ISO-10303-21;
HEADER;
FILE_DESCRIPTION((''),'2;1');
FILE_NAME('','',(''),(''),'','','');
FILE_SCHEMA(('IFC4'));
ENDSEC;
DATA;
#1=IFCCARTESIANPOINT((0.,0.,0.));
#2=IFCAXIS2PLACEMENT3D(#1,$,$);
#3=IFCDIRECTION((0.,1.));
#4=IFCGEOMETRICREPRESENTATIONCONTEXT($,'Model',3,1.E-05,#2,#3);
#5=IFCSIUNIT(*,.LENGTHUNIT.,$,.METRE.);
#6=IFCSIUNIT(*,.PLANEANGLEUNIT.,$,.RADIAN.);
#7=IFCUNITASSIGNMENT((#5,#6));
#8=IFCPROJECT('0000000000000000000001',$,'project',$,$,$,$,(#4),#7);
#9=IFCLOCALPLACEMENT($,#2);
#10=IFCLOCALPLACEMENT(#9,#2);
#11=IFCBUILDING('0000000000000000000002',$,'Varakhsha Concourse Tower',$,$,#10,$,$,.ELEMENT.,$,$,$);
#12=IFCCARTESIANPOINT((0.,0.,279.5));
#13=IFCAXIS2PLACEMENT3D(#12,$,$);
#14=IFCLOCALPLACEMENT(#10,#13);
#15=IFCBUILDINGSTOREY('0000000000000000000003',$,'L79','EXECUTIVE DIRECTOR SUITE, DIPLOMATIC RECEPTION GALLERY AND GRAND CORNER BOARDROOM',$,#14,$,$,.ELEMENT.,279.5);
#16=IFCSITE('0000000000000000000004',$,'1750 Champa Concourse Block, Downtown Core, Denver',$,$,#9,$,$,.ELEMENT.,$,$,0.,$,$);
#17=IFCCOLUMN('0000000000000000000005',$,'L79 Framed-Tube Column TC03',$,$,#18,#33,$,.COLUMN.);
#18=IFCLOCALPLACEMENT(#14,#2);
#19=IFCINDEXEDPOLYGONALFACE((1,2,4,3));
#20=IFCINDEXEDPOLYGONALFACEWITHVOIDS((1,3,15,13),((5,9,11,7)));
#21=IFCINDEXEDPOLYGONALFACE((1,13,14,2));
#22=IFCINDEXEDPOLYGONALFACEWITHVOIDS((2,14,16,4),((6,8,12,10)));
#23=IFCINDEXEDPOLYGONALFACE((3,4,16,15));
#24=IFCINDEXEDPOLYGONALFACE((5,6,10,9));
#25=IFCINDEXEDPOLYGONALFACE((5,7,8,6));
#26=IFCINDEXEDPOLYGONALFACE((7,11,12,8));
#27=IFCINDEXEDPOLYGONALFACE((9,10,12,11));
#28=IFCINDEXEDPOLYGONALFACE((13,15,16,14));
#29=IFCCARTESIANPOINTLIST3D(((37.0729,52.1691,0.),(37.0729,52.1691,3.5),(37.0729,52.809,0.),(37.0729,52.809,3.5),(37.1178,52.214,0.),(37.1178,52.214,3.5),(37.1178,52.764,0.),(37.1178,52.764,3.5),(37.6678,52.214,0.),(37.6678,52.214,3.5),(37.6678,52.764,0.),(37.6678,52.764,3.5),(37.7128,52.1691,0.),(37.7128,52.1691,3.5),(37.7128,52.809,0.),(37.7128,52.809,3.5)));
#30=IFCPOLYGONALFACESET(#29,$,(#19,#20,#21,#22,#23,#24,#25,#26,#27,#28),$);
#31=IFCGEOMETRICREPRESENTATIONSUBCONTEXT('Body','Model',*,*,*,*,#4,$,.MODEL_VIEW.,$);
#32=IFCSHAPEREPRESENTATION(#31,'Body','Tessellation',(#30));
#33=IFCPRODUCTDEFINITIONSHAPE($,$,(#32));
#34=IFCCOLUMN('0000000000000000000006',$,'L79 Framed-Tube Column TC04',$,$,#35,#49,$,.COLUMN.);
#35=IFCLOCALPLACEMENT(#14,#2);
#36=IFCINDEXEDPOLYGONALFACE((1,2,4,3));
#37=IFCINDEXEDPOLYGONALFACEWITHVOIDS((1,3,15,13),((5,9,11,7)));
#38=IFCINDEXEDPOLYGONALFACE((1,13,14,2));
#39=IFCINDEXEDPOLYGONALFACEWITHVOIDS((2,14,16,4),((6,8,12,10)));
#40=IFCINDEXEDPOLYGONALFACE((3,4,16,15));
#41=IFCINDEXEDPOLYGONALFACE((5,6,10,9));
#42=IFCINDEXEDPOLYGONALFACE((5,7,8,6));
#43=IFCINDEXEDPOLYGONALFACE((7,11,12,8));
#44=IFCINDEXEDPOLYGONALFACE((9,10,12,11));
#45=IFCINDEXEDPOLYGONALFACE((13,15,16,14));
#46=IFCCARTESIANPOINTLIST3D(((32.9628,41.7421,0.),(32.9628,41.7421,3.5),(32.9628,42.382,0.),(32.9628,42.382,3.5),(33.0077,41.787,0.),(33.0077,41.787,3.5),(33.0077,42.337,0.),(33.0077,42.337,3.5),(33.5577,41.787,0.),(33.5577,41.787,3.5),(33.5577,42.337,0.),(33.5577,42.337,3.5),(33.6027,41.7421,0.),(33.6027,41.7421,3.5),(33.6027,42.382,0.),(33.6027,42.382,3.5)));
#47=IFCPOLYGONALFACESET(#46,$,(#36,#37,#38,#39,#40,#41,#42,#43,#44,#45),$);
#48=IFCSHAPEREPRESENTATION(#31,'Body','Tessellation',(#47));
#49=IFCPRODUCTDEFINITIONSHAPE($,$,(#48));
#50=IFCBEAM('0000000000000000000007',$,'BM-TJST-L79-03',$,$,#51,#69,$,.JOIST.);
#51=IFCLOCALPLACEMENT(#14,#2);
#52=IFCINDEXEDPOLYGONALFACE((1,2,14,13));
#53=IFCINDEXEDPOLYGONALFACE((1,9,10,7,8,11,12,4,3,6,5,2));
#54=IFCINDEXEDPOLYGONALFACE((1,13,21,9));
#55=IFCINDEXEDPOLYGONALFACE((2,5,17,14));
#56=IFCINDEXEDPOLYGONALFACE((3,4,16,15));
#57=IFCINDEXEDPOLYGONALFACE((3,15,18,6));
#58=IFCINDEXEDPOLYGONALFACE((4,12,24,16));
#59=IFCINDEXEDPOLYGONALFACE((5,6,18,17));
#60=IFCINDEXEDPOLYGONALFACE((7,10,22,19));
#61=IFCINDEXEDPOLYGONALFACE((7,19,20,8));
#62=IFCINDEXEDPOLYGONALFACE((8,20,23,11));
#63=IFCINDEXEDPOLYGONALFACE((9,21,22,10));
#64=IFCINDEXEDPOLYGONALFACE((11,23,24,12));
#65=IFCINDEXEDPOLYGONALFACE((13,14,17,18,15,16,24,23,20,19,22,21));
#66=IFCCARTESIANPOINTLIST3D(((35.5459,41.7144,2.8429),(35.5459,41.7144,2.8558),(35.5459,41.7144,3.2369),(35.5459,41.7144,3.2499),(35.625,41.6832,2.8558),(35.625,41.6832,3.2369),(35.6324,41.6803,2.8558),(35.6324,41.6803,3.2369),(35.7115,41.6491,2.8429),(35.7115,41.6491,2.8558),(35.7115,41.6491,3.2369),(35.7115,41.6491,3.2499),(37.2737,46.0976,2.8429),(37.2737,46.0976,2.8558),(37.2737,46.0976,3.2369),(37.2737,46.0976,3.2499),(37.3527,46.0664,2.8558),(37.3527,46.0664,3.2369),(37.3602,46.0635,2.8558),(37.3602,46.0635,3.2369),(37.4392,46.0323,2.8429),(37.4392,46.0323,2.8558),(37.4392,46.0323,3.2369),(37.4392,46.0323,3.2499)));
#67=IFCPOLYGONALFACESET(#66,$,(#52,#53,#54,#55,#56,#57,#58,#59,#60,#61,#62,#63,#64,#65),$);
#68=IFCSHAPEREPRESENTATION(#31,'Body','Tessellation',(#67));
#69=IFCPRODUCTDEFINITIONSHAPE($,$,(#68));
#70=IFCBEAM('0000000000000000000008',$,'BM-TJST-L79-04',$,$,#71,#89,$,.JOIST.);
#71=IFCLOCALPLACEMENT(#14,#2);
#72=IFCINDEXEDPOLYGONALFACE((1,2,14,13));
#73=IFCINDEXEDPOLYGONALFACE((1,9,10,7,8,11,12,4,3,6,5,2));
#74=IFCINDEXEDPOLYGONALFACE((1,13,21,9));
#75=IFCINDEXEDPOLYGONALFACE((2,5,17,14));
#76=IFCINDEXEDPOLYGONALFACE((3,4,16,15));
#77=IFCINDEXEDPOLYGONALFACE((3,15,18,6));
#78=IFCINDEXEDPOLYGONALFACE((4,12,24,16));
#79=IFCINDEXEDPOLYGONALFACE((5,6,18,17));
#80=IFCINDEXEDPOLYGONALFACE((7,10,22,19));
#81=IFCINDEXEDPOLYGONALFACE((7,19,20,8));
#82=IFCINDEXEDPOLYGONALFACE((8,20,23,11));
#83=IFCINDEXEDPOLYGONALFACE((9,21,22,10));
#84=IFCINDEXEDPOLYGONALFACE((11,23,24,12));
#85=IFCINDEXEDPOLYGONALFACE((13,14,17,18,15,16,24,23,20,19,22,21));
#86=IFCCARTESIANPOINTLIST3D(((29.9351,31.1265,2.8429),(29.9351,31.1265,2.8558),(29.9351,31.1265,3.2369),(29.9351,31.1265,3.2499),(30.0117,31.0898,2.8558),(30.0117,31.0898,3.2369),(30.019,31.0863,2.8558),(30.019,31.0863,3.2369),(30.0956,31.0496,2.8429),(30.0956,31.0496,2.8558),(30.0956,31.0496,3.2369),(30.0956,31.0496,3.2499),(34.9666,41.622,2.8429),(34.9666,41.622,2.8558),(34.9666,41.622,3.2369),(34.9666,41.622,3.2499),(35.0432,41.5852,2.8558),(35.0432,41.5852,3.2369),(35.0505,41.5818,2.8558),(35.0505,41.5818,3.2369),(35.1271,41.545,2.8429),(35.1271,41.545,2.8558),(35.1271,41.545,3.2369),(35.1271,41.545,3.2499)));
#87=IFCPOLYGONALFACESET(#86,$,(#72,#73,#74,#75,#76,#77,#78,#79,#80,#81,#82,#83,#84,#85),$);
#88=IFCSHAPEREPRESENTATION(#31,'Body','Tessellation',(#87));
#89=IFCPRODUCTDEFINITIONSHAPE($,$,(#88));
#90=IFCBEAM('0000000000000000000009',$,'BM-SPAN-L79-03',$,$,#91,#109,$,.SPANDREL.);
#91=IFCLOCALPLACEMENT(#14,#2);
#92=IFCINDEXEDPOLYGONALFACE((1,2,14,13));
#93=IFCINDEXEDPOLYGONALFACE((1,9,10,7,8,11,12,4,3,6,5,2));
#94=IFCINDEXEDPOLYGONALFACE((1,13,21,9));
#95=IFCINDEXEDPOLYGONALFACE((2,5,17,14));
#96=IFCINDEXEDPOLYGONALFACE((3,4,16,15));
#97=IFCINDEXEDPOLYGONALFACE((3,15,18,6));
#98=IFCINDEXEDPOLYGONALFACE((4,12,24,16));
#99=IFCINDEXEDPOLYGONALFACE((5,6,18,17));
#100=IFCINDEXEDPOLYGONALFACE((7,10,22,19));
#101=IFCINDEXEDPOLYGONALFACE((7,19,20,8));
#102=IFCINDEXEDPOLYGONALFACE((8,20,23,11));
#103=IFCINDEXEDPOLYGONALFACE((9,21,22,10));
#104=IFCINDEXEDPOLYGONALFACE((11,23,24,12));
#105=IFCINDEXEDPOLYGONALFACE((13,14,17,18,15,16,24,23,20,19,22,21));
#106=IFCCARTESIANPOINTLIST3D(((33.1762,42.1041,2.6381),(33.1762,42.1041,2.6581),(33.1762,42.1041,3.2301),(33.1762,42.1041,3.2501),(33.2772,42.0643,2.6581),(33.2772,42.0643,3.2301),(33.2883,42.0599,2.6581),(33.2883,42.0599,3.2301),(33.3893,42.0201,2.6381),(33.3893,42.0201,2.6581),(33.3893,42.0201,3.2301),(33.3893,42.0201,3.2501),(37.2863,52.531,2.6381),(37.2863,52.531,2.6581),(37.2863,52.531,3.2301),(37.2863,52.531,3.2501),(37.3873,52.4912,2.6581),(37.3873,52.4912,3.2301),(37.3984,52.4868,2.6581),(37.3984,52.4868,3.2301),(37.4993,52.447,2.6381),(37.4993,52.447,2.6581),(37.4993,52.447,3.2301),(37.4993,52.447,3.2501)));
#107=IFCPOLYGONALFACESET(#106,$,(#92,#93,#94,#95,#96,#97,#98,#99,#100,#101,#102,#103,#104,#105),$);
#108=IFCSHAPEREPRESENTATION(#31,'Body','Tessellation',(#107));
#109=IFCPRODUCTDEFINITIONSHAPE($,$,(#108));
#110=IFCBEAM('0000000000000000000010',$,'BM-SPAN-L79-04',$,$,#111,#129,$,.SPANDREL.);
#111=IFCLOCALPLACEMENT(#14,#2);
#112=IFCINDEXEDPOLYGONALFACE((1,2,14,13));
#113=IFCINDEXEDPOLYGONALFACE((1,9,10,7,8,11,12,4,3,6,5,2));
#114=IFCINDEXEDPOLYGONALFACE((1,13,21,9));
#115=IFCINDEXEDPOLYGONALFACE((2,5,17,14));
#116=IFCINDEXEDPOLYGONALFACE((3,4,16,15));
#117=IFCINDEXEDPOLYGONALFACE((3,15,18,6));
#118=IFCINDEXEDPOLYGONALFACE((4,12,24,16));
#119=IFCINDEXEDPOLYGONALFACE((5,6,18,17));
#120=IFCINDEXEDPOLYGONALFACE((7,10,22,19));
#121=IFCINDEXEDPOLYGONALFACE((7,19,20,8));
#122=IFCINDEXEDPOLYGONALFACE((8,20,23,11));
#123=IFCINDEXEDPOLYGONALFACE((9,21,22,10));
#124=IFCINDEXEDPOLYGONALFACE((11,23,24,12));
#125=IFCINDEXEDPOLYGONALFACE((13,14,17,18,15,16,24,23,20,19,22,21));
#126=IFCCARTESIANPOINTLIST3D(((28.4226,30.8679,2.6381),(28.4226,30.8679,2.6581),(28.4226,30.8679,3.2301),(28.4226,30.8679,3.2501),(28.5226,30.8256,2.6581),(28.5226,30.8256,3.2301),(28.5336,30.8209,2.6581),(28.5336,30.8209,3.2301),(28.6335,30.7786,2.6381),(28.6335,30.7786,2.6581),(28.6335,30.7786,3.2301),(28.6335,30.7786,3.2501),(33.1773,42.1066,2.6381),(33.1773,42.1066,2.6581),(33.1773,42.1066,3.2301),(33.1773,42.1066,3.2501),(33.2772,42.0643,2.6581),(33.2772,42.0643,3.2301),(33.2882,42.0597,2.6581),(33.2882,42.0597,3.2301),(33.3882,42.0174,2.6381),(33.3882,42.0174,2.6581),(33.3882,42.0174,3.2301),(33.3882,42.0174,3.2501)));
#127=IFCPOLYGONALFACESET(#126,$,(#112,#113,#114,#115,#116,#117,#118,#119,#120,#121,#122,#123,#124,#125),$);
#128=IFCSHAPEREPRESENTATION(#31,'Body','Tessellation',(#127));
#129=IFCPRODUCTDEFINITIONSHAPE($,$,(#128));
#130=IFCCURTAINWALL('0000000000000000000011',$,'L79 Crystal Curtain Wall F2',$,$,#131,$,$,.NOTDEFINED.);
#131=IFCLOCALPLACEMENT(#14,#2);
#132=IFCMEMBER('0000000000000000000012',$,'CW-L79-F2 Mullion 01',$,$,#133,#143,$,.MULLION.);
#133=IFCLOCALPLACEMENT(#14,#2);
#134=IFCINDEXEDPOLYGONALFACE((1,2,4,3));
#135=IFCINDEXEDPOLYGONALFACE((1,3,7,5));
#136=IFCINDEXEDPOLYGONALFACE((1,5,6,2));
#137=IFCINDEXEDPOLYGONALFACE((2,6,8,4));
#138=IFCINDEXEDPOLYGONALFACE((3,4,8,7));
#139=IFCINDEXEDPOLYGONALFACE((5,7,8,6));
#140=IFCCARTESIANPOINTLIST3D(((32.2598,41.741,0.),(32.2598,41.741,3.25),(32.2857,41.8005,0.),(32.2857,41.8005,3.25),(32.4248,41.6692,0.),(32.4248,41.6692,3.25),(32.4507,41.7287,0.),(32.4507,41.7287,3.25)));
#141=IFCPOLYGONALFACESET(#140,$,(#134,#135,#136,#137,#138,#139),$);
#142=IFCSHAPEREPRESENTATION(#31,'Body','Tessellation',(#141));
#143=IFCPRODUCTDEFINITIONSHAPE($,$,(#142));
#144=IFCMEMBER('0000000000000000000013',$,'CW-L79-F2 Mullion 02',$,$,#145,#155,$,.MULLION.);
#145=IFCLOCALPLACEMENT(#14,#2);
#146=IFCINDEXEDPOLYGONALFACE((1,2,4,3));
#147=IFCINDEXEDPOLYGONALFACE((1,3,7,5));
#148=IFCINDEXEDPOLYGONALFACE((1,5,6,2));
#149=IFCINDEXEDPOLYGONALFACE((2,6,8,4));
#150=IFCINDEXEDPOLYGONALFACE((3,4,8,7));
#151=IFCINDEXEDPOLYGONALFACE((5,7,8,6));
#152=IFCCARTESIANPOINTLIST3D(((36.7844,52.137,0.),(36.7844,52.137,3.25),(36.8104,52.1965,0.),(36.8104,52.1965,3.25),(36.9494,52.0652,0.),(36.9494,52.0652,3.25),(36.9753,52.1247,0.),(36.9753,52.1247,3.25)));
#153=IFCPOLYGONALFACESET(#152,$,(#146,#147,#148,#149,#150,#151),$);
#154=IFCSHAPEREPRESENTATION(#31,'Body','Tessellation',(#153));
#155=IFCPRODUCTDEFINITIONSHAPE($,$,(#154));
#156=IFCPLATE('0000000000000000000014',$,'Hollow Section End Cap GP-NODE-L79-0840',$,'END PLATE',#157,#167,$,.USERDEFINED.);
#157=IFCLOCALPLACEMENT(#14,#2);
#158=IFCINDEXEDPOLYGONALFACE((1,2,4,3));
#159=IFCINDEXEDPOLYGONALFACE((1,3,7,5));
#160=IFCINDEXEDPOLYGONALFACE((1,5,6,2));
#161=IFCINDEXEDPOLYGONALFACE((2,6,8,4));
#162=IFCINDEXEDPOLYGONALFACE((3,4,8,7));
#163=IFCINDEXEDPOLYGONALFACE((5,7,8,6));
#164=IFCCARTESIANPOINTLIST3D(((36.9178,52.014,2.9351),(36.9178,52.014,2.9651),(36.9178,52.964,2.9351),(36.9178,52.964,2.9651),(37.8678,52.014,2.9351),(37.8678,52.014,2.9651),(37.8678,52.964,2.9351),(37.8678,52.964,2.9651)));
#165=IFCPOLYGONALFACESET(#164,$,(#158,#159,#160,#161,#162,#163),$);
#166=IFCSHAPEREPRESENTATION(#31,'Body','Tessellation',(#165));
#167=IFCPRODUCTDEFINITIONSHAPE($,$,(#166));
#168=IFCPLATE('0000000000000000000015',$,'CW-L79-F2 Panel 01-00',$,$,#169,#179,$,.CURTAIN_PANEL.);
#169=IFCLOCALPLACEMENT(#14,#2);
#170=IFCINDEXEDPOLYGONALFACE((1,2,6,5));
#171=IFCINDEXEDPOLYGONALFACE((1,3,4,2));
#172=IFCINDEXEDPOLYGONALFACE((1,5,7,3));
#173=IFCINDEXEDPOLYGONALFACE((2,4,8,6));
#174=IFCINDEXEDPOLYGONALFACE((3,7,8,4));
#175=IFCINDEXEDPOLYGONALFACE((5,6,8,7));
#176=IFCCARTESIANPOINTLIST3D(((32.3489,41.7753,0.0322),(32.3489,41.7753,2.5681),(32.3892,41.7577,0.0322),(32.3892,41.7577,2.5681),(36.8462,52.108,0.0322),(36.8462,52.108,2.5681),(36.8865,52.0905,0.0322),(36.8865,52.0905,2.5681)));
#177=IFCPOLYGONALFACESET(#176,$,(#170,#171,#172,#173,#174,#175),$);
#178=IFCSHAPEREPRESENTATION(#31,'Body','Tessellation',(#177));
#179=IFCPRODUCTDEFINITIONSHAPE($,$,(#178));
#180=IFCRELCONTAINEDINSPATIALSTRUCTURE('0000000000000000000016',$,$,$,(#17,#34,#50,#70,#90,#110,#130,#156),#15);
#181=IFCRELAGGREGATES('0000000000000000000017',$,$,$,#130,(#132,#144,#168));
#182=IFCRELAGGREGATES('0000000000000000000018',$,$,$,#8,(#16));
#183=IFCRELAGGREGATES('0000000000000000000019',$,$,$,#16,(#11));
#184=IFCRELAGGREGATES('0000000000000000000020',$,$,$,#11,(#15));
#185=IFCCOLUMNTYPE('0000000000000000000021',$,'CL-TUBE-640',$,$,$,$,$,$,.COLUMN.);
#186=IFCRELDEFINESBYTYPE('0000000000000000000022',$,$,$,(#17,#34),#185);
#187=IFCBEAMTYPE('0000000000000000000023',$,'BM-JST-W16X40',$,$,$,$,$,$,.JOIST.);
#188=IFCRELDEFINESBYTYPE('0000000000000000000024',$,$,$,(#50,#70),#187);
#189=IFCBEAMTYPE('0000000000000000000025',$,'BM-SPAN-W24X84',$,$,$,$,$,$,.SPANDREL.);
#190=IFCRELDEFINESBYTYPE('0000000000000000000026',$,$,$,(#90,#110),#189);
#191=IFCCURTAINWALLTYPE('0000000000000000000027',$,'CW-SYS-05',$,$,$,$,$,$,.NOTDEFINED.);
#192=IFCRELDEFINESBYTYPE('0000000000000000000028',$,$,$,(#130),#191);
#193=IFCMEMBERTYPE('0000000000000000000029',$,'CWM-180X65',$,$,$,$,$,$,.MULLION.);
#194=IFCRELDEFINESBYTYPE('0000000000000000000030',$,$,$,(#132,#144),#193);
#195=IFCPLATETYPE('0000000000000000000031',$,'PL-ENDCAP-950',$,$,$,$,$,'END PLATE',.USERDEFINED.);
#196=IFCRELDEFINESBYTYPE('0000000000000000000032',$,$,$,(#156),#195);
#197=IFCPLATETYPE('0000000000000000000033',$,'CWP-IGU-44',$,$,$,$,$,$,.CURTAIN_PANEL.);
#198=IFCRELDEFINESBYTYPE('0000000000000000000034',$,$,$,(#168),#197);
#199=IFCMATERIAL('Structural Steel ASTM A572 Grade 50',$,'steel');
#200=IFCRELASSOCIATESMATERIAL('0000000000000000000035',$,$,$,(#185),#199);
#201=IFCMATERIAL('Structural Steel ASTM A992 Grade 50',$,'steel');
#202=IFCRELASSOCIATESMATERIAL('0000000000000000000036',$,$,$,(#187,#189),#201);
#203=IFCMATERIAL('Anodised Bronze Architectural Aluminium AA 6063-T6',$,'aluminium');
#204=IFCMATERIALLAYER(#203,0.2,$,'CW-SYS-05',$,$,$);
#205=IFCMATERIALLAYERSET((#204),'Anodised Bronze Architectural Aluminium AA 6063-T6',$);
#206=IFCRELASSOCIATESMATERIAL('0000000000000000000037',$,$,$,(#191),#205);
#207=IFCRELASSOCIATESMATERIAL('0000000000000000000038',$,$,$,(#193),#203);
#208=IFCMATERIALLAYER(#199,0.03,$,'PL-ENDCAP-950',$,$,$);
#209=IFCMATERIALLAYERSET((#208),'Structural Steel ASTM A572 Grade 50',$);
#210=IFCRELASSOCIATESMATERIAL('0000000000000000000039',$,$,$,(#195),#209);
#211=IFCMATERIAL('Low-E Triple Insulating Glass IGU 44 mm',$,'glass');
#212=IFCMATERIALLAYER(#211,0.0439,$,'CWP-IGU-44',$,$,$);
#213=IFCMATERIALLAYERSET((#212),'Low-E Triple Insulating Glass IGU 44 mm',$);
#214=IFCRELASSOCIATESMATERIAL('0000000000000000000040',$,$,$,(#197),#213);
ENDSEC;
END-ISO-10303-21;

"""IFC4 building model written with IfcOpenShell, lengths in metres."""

from ifc_helpers import new_model, si_unit, direction, frame, origin, origin_2d, place, context, subcontext, project, spatial, rectangle, hollow_rectangle, i_section, extrude, source, transform, mapped, material, layer, layer_set, material_profile, profile_set, type_object, type_shapes, element, aggregate, save


model = new_model("IFC4")

# Units and contexts
model_context = context("Model", 3, precision=1e-05, world=origin(), true_north=direction((0.0, 1.0)))
body_context = subcontext(model_context, "Body", "Model", "MODEL_VIEW")
ifc_project = project(units=[si_unit("LENGTHUNIT", "METRE"), si_unit("PLANEANGLEUNIT", "RADIAN")], contexts=[model_context])

# Site, building, storey
site_placement = place(None, origin())
site = spatial("IfcSite", under=ifc_project, at=site_placement, Name="1750 Champa Concourse Block, Downtown Core, Denver", CompositionType="ELEMENT", RefElevation=0.0)
building_placement = place(site_placement, origin())
building = spatial("IfcBuilding", under=site, at=building_placement, Name="Varakhsha Concourse Tower", CompositionType="ELEMENT")
storey_placement = place(building_placement, frame((0.0, 0.0, 279.5)))
storey = spatial("IfcBuildingStorey", under=building, at=storey_placement, Name="L79", Description="EXECUTIVE DIRECTOR SUITE, DIPLOMATIC RECEPTION GALLERY AND GRAND CORNER BOARDROOM", CompositionType="ELEMENT", Elevation=279.5)

# Columns
ifc_material_1 = material(Name="Structural Steel ASTM A572 Grade 50", Category="steel")
ifc_material_profile_1 = material_profile(ifc_material_1, hollow_rectangle(XDim=0.6399, YDim=0.6399, WallThickness=0.0449, at=origin_2d()), Name="BOX 640x640x45")
ifc_profile_set_1 = profile_set([ifc_material_profile_1], Name="Structural Steel ASTM A572 Grade 50")
column_type = type_object("IfcColumnType", Name="CL-TUBE-640", PredefinedType="COLUMN", material=ifc_profile_set_1)
for number, where, z_axis, x_axis, name in (
    (1, (37.3928, 52.489, 0.0), (0.0, 0.0, 1.0), (1.0, 0.0, 0.0), "L79 Framed-Tube Column TC03"),
    (2, (33.2827, 42.062, 0.0), (0.0, 0.0, 1.0), (1.0, 0.0, 0.0), "L79 Framed-Tube Column TC04"),
):
    element("IfcColumn", number, at=place(storey_placement, frame(where, z_axis=z_axis, x_axis=x_axis)), inside=storey, type_object=column_type, Name=name, PredefinedType="COLUMN", context=body_context, shape_type="SweptSolid", body=[
        extrude(hollow_rectangle(XDim=0.6399, YDim=0.6399, WallThickness=0.0449, at=origin_2d()), origin(), (0.0, 0.0, 1.0), 3.5),
    ])

# Beams
ifc_material_2 = material(Name="Structural Steel ASTM A992 Grade 50", Category="steel")
ifc_material_profile_2 = material_profile(ifc_material_2, i_section(OverallWidth=0.178, OverallDepth=0.407, WebThickness=0.0081, FlangeThickness=0.0129, at=origin_2d()), Name="W16X40")
ifc_profile_set_2 = profile_set([ifc_material_profile_2], Name="Structural Steel ASTM A992 Grade 50")
beam_type_1 = type_object("IfcBeamType", Name="BM-JST-W16X40", PredefinedType="JOIST", material=ifc_profile_set_2)
beam_1_placement = place(storey_placement, frame((37.3564, 46.0649, 3.0464), z_axis=(-0.366713, -0.930334, 0.0), x_axis=(0.930334, -0.366713, 0.0)))
element("IfcBeam", 3, at=beam_1_placement, inside=storey, type_object=beam_type_1, Name="BM-TJST-L79-03", PredefinedType="JOIST", context=body_context, shape_type="SweptSolid", body=[
    extrude(i_section(OverallWidth=0.178, OverallDepth=0.407, WebThickness=0.0081, FlangeThickness=0.0129, at=origin_2d()), origin(), (0.0, 0.0, 1.0), 4.7114),
])
beam_2_placement = place(storey_placement, frame((35.0469, 41.5835, 3.0464), z_axis=(-0.432293, -0.901733, 0.0), x_axis=(0.901733, -0.432293, 0.0)))
element("IfcBeam", 4, at=beam_2_placement, inside=storey, type_object=beam_type_1, Name="BM-TJST-L79-04", PredefinedType="JOIST", context=body_context, shape_type="SweptSolid", body=[
    extrude(i_section(OverallWidth=0.178, OverallDepth=0.407, WebThickness=0.0081, FlangeThickness=0.0129, at=origin_2d()), origin(), (0.0, 0.0, 1.0), 11.6392),
])
ifc_material_profile_3 = material_profile(ifc_material_2, i_section(OverallWidth=0.229, OverallDepth=0.6121, WebThickness=0.012, FlangeThickness=0.02, at=origin_2d()), Name="W24X84")
ifc_profile_set_3 = profile_set([ifc_material_profile_3], Name="Structural Steel ASTM A992 Grade 50")
beam_type_2 = type_object("IfcBeamType", Name="BM-SPAN-W24X84", PredefinedType="SPANDREL", material=ifc_profile_set_3)
beam_3_placement = place(storey_placement, frame((37.3928, 52.489, 2.9441), z_axis=(-0.366718, -0.930332, 0.0), x_axis=(0.930332, -0.366718, 0.0)))
element("IfcBeam", 5, at=beam_3_placement, inside=storey, type_object=beam_type_2, Name="BM-SPAN-L79-03", PredefinedType="SPANDREL", context=body_context, shape_type="SweptSolid", body=[
    extrude(i_section(OverallWidth=0.229, OverallDepth=0.6121, WebThickness=0.012, FlangeThickness=0.02, at=origin_2d()), origin(), (0.0, 0.0, 1.0), 11.2078),
])
beam_4_placement = place(storey_placement, frame((33.2827, 42.062, 2.9441), z_axis=(-0.389624, -0.920974, 0.0), x_axis=(0.920974, -0.389624, 0.0)))
element("IfcBeam", 6, at=beam_4_placement, inside=storey, type_object=beam_type_2, Name="BM-SPAN-L79-04", PredefinedType="SPANDREL", context=body_context, shape_type="SweptSolid", body=[
    extrude(i_section(OverallWidth=0.229, OverallDepth=0.6121, WebThickness=0.012, FlangeThickness=0.02, at=origin_2d()), origin(), (0.0, 0.0, 1.0), 12.2031),
])

# Curtain wall, members
ifc_material_3 = material(Name="Anodised Bronze Architectural Aluminium AA 6063-T6", Category="aluminium")
ifc_layer_1 = layer(ifc_material_3, 0.2, Name="CW-SYS-05")
ifc_layer_set_1 = layer_set([ifc_layer_1], Name="Anodised Bronze Architectural Aluminium AA 6063-T6")
curtain_wall_type = type_object("IfcCurtainWallType", Name="CW-SYS-05", PredefinedType="NOTDEFINED", material=ifc_layer_set_1)
curtain_wall_placement = place(storey_placement, origin())
curtain_wall = element("IfcCurtainWall", 7, at=curtain_wall_placement, inside=storey, type_object=curtain_wall_type, Name="L79 Crystal Curtain Wall F2", PredefinedType="NOTDEFINED")
ifc_material_profile_4 = material_profile(ifc_material_3, rectangle(XDim=0.0649, YDim=0.1799, at=origin_2d()), Name="CWM-180X65")
ifc_profile_set_4 = profile_set([ifc_material_profile_4], Name="Anodised Bronze Architectural Aluminium AA 6063-T6")
member_type = type_object("IfcMemberType", Name="CWM-180X65", PredefinedType="MULLION", material=ifc_profile_set_4)
shared_shape_1 = source(origin(), body_context, "Body", "SweptSolid", [
    extrude(rectangle(XDim=0.0649, YDim=0.1799, at=origin_2d()), origin(), (0.0, 0.0, 1.0), 3.25),
])
type_shapes(member_type, [shared_shape_1])
member_1_placement = place(storey_placement, frame((32.3552, 41.7349, 0.0), z_axis=(0.0, 0.0, 1.0), x_axis=(0.399084, 0.916915, 0.0)))
member_1 = element("IfcMember", 8, at=member_1_placement, type_object=member_type, Name="CW-L79-F2 Mullion 01", PredefinedType="MULLION", context=body_context, shape_type="MappedRepresentation", body=[
    mapped(shared_shape_1, transform((0.0, 0.0, 0.0), scale=1.0)),
])
member_2_placement = place(storey_placement, frame((36.8799, 52.1309, 0.0), z_axis=(0.0, 0.0, 1.0), x_axis=(0.399084, 0.916915, 0.0)))
member_2 = element("IfcMember", 9, at=member_2_placement, type_object=member_type, Name="CW-L79-F2 Mullion 02", PredefinedType="MULLION", context=body_context, shape_type="MappedRepresentation", body=[
    mapped(shared_shape_1, transform((0.0, 0.0, 0.0), scale=1.0)),
])

# Plates
ifc_layer_2 = layer(ifc_material_1, 0.03, Name="PL-ENDCAP-950")
ifc_layer_set_2 = layer_set([ifc_layer_2], Name="Structural Steel ASTM A572 Grade 50")
plate_type_1 = type_object("IfcPlateType", Name="PL-ENDCAP-950", ElementType="END PLATE", PredefinedType="USERDEFINED", material=ifc_layer_set_2)
shared_shape_2 = source(origin(), body_context, "Body", "SweptSolid", [
    extrude(rectangle(XDim=0.95, YDim=0.95, at=origin_2d()), origin(), (0.0, 0.0, 1.0), 0.03),
])
type_shapes(plate_type_1, [shared_shape_2])
plate_1_placement = place(storey_placement, frame((37.3928, 52.489, 2.9351), z_axis=(0.0, 0.0, 1.0), x_axis=(1.0, 0.0, 0.0)))
element("IfcPlate", 10, at=plate_1_placement, inside=storey, type_object=plate_type_1, Name="Hollow Section End Cap GP-NODE-L79-0840", ObjectType="END PLATE", PredefinedType="USERDEFINED", context=body_context, shape_type="MappedRepresentation", body=[
    mapped(shared_shape_2, transform((0.0, 0.0, 0.0), scale=1.0)),
])
ifc_material_4 = material(Name="Low-E Triple Insulating Glass IGU 44 mm", Category="glass")
ifc_layer_3 = layer(ifc_material_4, 0.0439, Name="CWP-IGU-44")
ifc_layer_set_3 = layer_set([ifc_layer_3], Name="Low-E Triple Insulating Glass IGU 44 mm")
plate_type_2 = type_object("IfcPlateType", Name="CWP-IGU-44", PredefinedType="CURTAIN_PANEL", material=ifc_layer_set_3)
shared_shape_3 = source(origin(), body_context, "Body", "SweptSolid", [
    extrude(rectangle(XDim=11.269, YDim=0.0439, at=origin_2d()), origin(), (0.0, 0.0, 1.0), 2.5359),
])
type_shapes(plate_type_2, [shared_shape_3])
plate_2_placement = place(storey_placement, frame((34.6177, 46.9329, 0.0322), z_axis=(0.0, 0.0, 1.0), x_axis=(0.399084, 0.916915, 0.0)))
plate_2 = element("IfcPlate", 11, at=plate_2_placement, type_object=plate_type_2, Name="CW-L79-F2 Panel 01-00", PredefinedType="CURTAIN_PANEL", context=body_context, shape_type="MappedRepresentation", body=[
    mapped(shared_shape_3, transform((0.0, 0.0, 0.0), scale=1.0)),
])
aggregate(curtain_wall, [member_1, member_2, plate_2])

save(model, "model.ifc")
